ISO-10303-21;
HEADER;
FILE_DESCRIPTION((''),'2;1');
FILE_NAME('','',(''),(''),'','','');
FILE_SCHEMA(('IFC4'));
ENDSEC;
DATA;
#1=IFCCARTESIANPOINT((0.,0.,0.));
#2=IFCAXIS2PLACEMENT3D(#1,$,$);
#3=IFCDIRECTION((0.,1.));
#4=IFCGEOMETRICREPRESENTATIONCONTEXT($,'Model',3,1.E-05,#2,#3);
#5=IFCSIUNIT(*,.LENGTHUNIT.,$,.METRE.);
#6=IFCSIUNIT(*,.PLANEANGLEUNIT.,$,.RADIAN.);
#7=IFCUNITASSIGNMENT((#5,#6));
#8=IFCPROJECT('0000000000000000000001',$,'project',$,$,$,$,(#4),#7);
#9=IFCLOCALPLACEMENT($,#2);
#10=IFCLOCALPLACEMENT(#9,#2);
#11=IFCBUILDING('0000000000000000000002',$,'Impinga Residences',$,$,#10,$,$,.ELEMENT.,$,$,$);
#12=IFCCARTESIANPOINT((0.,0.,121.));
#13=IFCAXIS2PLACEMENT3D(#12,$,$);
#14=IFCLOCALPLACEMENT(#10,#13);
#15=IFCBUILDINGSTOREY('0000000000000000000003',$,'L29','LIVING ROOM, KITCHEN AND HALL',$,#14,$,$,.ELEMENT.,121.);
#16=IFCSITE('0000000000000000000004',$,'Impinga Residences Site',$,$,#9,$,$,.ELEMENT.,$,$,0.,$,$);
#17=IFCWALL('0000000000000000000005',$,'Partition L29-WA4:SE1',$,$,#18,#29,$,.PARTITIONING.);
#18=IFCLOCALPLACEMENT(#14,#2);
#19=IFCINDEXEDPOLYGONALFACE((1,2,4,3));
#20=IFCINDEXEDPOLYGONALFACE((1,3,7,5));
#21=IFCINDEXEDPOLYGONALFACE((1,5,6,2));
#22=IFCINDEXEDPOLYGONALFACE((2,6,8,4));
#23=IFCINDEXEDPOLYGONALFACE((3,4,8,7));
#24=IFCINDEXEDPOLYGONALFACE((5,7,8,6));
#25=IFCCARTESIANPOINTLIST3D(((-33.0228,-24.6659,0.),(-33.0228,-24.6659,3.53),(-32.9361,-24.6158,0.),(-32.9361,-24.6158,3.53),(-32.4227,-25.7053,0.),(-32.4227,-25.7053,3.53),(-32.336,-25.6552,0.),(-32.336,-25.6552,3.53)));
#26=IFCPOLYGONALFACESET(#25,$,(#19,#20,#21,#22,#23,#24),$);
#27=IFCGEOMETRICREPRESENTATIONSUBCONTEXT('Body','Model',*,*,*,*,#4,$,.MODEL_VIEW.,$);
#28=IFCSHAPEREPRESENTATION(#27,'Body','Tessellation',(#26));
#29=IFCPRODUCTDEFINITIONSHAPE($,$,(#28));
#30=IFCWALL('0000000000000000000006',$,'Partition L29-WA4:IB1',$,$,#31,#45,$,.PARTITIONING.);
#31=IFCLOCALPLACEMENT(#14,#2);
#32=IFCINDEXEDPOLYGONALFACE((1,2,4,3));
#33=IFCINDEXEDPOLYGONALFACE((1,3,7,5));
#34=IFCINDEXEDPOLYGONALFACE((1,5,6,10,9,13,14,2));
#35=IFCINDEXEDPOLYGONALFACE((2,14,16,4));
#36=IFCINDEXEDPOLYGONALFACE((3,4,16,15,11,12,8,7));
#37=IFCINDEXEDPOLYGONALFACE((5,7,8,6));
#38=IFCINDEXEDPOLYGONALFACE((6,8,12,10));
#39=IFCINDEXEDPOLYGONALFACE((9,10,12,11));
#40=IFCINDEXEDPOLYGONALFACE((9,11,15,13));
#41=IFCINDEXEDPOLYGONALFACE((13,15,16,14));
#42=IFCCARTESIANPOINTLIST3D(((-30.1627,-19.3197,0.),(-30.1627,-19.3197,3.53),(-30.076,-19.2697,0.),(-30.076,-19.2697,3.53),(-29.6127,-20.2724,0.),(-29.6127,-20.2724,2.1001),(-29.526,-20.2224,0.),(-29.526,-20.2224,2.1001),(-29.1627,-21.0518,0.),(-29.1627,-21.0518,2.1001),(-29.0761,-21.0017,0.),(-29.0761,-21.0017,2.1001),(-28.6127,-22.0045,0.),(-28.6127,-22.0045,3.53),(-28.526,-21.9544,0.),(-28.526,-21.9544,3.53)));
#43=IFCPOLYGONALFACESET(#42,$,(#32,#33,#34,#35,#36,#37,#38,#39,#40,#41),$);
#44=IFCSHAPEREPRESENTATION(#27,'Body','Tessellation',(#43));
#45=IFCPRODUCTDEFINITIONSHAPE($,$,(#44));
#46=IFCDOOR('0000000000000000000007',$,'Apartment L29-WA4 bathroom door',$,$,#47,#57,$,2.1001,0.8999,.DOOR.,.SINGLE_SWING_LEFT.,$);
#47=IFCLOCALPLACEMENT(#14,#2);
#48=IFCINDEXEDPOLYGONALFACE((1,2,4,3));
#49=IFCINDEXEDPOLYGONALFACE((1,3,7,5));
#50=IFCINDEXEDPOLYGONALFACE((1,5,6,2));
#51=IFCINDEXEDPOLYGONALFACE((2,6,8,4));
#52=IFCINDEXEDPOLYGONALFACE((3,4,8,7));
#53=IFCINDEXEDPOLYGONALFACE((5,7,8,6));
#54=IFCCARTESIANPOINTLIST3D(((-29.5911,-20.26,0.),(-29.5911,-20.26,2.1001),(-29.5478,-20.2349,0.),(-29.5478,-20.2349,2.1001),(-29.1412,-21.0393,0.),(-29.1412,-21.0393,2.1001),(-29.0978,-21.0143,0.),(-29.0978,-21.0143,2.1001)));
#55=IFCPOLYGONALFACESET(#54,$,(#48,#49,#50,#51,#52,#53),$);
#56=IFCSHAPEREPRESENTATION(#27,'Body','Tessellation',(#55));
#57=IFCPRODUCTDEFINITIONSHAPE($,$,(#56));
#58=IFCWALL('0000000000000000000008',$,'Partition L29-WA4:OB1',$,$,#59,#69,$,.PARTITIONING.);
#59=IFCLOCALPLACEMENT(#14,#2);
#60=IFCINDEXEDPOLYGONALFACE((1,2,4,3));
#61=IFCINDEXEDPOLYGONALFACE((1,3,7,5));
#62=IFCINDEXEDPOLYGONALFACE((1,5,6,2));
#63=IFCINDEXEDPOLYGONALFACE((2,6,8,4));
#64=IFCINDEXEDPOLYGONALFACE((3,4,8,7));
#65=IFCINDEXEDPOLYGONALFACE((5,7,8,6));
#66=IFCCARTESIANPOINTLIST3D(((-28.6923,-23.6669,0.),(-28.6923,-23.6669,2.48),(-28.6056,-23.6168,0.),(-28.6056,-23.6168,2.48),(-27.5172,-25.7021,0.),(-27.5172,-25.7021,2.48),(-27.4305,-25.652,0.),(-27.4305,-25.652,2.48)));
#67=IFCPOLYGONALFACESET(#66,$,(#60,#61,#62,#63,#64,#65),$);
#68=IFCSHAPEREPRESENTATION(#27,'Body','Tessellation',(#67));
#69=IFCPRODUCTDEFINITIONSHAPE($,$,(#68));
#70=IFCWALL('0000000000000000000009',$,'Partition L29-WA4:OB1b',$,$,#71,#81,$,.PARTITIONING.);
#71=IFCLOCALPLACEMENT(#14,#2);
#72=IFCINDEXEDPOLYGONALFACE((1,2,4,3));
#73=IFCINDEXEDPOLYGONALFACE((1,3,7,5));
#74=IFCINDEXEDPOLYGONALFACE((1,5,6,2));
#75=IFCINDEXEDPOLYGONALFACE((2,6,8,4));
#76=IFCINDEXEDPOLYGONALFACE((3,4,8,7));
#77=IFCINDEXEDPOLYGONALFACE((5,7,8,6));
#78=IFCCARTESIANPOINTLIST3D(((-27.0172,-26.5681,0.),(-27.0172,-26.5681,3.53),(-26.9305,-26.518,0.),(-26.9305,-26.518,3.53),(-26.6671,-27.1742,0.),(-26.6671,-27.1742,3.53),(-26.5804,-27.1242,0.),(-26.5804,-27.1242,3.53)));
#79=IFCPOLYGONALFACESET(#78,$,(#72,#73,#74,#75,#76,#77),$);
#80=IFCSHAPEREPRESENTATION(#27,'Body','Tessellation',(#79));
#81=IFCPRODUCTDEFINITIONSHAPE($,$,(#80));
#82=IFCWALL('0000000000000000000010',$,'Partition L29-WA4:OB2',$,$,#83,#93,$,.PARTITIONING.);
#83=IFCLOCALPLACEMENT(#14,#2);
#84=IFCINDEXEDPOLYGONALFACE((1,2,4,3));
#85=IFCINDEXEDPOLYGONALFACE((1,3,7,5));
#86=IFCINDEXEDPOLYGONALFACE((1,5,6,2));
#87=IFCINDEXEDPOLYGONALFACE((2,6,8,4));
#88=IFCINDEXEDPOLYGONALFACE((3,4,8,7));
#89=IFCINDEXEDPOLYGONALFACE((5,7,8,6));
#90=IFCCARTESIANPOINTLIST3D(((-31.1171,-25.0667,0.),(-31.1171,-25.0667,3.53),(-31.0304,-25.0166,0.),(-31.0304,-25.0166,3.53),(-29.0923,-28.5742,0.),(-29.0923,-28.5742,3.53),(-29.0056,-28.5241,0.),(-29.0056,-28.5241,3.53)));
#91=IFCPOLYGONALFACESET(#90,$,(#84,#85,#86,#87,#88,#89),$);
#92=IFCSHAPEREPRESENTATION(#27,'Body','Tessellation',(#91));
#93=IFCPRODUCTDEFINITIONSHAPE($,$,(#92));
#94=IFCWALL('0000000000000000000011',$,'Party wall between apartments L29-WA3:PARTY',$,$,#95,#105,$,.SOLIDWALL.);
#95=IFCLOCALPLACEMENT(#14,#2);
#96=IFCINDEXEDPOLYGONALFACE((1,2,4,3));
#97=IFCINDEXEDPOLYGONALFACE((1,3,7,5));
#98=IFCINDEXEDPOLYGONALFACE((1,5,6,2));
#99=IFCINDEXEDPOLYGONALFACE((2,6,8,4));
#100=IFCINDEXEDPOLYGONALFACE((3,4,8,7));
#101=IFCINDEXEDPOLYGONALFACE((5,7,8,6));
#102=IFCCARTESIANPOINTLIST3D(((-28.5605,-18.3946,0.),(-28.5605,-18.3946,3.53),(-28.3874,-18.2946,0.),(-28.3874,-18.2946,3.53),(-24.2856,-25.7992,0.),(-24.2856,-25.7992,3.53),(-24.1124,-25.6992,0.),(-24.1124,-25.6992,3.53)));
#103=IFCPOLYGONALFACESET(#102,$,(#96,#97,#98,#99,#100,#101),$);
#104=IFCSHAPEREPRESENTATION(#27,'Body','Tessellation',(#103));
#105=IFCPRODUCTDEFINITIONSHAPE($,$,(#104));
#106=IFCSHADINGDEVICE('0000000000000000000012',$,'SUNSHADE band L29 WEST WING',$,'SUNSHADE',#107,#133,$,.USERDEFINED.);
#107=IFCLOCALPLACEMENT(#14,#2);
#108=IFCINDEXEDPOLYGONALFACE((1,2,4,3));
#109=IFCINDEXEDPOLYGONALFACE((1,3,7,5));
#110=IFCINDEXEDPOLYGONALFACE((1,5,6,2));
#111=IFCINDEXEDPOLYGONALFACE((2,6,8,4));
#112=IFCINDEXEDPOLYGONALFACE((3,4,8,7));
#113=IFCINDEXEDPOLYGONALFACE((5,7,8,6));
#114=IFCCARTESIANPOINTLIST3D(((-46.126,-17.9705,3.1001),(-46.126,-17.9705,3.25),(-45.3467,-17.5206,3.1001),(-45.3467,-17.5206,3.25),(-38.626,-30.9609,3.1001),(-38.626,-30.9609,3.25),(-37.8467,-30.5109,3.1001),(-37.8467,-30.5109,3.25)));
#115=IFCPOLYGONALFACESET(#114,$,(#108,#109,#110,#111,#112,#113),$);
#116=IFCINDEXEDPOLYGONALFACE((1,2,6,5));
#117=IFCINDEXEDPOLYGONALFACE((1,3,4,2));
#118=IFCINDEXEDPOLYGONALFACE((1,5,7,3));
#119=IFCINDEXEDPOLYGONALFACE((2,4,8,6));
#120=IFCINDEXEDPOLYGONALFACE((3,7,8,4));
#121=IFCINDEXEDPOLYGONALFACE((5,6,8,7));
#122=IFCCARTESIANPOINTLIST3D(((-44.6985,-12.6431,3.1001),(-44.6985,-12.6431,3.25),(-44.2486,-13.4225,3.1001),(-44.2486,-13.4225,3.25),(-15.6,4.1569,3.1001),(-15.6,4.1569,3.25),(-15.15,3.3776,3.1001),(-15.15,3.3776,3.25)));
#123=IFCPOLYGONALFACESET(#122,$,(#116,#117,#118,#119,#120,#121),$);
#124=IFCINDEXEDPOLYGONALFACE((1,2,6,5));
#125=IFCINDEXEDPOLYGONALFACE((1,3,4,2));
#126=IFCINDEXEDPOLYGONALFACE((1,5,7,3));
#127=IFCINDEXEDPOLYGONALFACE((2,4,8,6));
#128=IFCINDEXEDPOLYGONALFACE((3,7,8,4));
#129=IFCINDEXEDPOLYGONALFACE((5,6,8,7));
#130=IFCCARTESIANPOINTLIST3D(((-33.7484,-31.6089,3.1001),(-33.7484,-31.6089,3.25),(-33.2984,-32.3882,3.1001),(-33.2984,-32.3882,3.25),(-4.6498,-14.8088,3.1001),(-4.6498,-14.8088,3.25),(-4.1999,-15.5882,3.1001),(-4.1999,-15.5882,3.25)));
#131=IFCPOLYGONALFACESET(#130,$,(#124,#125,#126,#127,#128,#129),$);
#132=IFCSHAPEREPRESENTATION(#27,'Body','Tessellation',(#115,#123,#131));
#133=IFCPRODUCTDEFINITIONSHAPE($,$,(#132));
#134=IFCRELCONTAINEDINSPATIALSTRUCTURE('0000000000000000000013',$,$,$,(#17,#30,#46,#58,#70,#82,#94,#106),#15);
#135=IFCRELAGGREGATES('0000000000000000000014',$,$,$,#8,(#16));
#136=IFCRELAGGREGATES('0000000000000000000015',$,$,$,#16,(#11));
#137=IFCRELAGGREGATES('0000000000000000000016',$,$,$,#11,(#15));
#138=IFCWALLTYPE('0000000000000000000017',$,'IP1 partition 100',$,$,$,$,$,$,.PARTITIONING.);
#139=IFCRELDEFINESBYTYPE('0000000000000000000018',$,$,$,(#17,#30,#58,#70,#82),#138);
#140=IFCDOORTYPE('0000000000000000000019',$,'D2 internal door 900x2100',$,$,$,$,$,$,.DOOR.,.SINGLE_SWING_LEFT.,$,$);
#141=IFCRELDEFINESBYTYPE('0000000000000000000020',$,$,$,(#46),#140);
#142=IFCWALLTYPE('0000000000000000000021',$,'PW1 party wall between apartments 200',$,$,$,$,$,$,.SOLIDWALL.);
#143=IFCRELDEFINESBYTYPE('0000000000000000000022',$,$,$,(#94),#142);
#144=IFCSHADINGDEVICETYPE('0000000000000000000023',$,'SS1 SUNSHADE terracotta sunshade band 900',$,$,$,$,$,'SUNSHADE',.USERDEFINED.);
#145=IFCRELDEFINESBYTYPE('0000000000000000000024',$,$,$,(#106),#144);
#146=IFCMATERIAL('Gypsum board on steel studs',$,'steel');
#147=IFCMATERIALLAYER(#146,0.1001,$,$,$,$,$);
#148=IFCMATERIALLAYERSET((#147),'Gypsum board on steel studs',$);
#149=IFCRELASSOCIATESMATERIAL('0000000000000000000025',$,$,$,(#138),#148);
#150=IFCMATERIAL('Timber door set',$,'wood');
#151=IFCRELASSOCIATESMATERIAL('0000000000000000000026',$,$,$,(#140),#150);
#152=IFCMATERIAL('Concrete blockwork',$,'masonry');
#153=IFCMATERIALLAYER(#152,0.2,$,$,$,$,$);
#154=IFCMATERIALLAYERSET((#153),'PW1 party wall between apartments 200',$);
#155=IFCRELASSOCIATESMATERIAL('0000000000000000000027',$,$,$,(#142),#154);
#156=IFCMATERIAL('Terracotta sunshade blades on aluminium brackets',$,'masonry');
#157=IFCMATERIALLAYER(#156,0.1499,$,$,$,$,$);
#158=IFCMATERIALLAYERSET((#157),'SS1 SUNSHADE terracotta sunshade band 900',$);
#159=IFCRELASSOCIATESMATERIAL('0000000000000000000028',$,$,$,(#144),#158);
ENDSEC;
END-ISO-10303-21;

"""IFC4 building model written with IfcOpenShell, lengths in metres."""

from ifc_helpers import new_model, si_unit, direction, frame, frame_2d, origin, origin_2d, place, context, subcontext, project, spatial, rectangle, extrude, material, layer, layer_set, type_object, element, fill, save


model = new_model("IFC4")

# Units and contexts
model_context = context("Model", 3, precision=1e-05, world=origin(), true_north=direction((0.0, 1.0)))
body_context = subcontext(model_context, "Body", "Model", "MODEL_VIEW")
ifc_project = project(units=[si_unit("LENGTHUNIT", "METRE"), si_unit("PLANEANGLEUNIT", "RADIAN")], contexts=[model_context])

# Site, building, storey
site_placement = place(None, origin())
site = spatial("IfcSite", under=ifc_project, at=site_placement, Name="Impinga Residences Site", CompositionType="ELEMENT", RefElevation=0.0)
building_placement = place(site_placement, origin())
building = spatial("IfcBuilding", under=site, at=building_placement, Name="Impinga Residences", CompositionType="ELEMENT")
storey_placement = place(building_placement, frame((0.0, 0.0, 121.0)))
storey = spatial("IfcBuildingStorey", under=building, at=storey_placement, Name="L29", Description="LIVING ROOM, KITCHEN AND HALL", CompositionType="ELEMENT", Elevation=121.0)

# Shared definitions
ifc_material_1 = material(Name="Concrete blockwork", Category="masonry")
ifc_material_2 = material(Name="Timber door set", Category="wood")

# Wall
ifc_material_3 = material(Name="Gypsum board on steel studs", Category="steel")
ifc_layer_1 = layer(ifc_material_3, 0.1001)
ifc_layer_set_1 = layer_set([ifc_layer_1], Name="Gypsum board on steel studs")
wall_type_1 = type_object("IfcWallType", Name="IP1 partition 100", PredefinedType="PARTITIONING", material=ifc_layer_set_1)
wall_1_placement = place(storey_placement, frame((-32.9795, -24.6409, 0.0), z_axis=(0.0, 0.0, 1.0), x_axis=(0.500034, -0.866006, 0.0)))
element("IfcWall", 1, at=wall_1_placement, inside=storey, type_object=wall_type_1, Name="Partition L29-WA4:SE1", PredefinedType="PARTITIONING", context=body_context, shape_type="SweptSolid", body=[
    extrude(rectangle(XDim=1.2002, YDim=0.1001, at=frame_2d((0.6001, 0.0))), origin(), (0.0, 0.0, 1.0), 3.53),
])

# Wall, opening, door
wall_2_placement = place(storey_placement, frame((-30.1194, -19.2947, 0.0), z_axis=(0.0, 0.0, 1.0), x_axis=(0.499993, -0.86603, 0.0)))
wall_2 = element("IfcWall", 2, at=wall_2_placement, inside=storey, type_object=wall_type_1, Name="Partition L29-WA4:IB1", PredefinedType="PARTITIONING", context=body_context, shape_type="SweptSolid", body=[
    extrude(rectangle(XDim=3.1001, YDim=0.1001, at=frame_2d((1.55, 0.0))), origin(), (0.0, 0.0, 1.0), 3.53),
])
opening_1_placement = place(wall_2_placement, frame((1.1001, 0.0, 0.0)))
opening_1 = element("IfcOpeningElement", 3, at=opening_1_placement, cuts=wall_2, PredefinedType="OPENING", context=body_context, shape_type="SweptSolid", body=[
    extrude(rectangle(XDim=0.8999, YDim=2.1001, at=frame_2d((0.45, 1.05))), frame((0.0, 0.0601, 0.0), z_axis=(0.0, -1.0, 0.0), x_axis=(1.0, 0.0, 0.0)), (0.0, 0.0, 1.0), 0.1201),
])
door_type_1 = type_object("IfcDoorType", Name="D2 internal door 900x2100", OperationType="SINGLE_SWING_LEFT", PredefinedType="DOOR", material=ifc_material_2)
door_1_placement = place(opening_1_placement, origin())
door_1 = element("IfcDoor", 4, at=door_1_placement, inside=storey, type_object=door_type_1, Name="Apartment L29-WA4 bathroom door", OperationType="SINGLE_SWING_LEFT", OverallHeight=2.1001, OverallWidth=0.8999, PredefinedType="DOOR", context=body_context, shape_type="SweptSolid", body=[
    extrude(rectangle(XDim=0.8999, YDim=2.1001, at=frame_2d((0.45, 1.05))), frame((0.0, 0.0249, 0.0), z_axis=(0.0, -1.0, 0.0), x_axis=(1.0, 0.0, 0.0)), (0.0, 0.0, 1.0), 0.05),
])
fill(opening_1, door_1)

# Walls
wall_3_placement = place(storey_placement, frame((-28.6489, -23.6418, 0.0), z_axis=(0.0, 0.0, 1.0), x_axis=(0.500016, -0.866016, 0.0)))
element("IfcWall", 5, at=wall_3_placement, inside=storey, type_object=wall_type_1, Name="Partition L29-WA4:OB1", PredefinedType="PARTITIONING", context=body_context, shape_type="SweptSolid", body=[
    extrude(rectangle(XDim=2.3501, YDim=0.1001, at=frame_2d((1.175, 0.0))), origin(), (0.0, 0.0, 1.0), 2.48),
])
wall_4_placement = place(storey_placement, frame((-26.9739, -26.543, 0.0), z_axis=(0.0, 0.0, 1.0), x_axis=(0.500115, -0.865959, 0.0)))
element("IfcWall", 6, at=wall_4_placement, inside=storey, type_object=wall_type_1, Name="Partition L29-WA4:OB1b", PredefinedType="PARTITIONING", context=body_context, shape_type="SweptSolid", body=[
    extrude(rectangle(XDim=0.7, YDim=0.1001, at=frame_2d((0.3501, 0.0))), origin(), (0.0, 0.0, 1.0), 3.53),
])
wall_5_placement = place(storey_placement, frame((-31.0737, -25.0417, 0.0), z_axis=(0.0, 0.0, 1.0), x_axis=(0.499964, -0.866046, 0.0)))
element("IfcWall", 7, at=wall_5_placement, inside=storey, type_object=wall_type_1, Name="Partition L29-WA4:OB2", PredefinedType="PARTITIONING", context=body_context, shape_type="SweptSolid", body=[
    extrude(rectangle(XDim=4.05, YDim=0.1001, at=frame_2d((2.0249, 0.0))), origin(), (0.0, 0.0, 1.0), 3.53),
])
ifc_layer_2 = layer(ifc_material_1, 0.2)
ifc_layer_set_2 = layer_set([ifc_layer_2], Name="PW1 party wall between apartments 200")
wall_type_2 = type_object("IfcWallType", Name="PW1 party wall between apartments 200", PredefinedType="SOLIDWALL", material=ifc_layer_set_2)
wall_6_placement = place(storey_placement, frame((-28.4739, -18.3447, 0.0), z_axis=(0.0, 0.0, 1.0), x_axis=(0.49999, -0.866031, 0.0)))
element("IfcWall", 8, at=wall_6_placement, inside=storey, type_object=wall_type_2, Name="Party wall between apartments L29-WA3:PARTY", PredefinedType="SOLIDWALL", context=body_context, shape_type="SweptSolid", body=[
    extrude(rectangle(XDim=8.55, YDim=0.2, at=frame_2d((4.2749, 0.0))), origin(), (0.0, 0.0, 1.0), 3.53),
])

# Shading device
ifc_material_4 = material(Name="Terracotta sunshade blades on aluminium brackets", Category="masonry")
ifc_layer_3 = layer(ifc_material_4, 0.1499)
ifc_layer_set_3 = layer_set([ifc_layer_3], Name="SS1 SUNSHADE terracotta sunshade band 900")
shading_device_type = type_object("IfcShadingDeviceType", Name="SS1 SUNSHADE terracotta sunshade band 900", ElementType="SUNSHADE", PredefinedType="USERDEFINED", material=ifc_layer_set_3)
shading_device_placement = place(storey_placement, frame((-41.9863, -24.2407, 3.1001), z_axis=(0.0, 0.0, 1.0), x_axis=(-0.5, 0.866025, 0.0)))
element("IfcShadingDevice", 9, at=shading_device_placement, inside=storey, type_object=shading_device_type, Name="SUNSHADE band L29 WEST WING", ObjectType="SUNSHADE", PredefinedType="USERDEFINED", context=body_context, shape_type="SweptSolid", body=[
    extrude(rectangle(XDim=15.0, YDim=0.8999, at=origin_2d()), origin(), (0.0, 0.0, 1.0), 0.1499),
    extrude(rectangle(XDim=33.6001, YDim=0.8999, at=origin_2d()), frame((10.95, -20.25, 0.0), z_axis=(0.0, 0.0, 1.0), x_axis=(0.0, -1.0, 0.0)), (0.0, 0.0, 1.0), 0.1499),
    extrude(rectangle(XDim=33.6001, YDim=0.8999, at=origin_2d()), frame((-10.95, -20.2502, 0.0), z_axis=(0.0, 0.0, 1.0), x_axis=(0.0, 1.0, 0.0)), (0.0, 0.0, 1.0), 0.1499),
])

save(model, "model.ifc")
